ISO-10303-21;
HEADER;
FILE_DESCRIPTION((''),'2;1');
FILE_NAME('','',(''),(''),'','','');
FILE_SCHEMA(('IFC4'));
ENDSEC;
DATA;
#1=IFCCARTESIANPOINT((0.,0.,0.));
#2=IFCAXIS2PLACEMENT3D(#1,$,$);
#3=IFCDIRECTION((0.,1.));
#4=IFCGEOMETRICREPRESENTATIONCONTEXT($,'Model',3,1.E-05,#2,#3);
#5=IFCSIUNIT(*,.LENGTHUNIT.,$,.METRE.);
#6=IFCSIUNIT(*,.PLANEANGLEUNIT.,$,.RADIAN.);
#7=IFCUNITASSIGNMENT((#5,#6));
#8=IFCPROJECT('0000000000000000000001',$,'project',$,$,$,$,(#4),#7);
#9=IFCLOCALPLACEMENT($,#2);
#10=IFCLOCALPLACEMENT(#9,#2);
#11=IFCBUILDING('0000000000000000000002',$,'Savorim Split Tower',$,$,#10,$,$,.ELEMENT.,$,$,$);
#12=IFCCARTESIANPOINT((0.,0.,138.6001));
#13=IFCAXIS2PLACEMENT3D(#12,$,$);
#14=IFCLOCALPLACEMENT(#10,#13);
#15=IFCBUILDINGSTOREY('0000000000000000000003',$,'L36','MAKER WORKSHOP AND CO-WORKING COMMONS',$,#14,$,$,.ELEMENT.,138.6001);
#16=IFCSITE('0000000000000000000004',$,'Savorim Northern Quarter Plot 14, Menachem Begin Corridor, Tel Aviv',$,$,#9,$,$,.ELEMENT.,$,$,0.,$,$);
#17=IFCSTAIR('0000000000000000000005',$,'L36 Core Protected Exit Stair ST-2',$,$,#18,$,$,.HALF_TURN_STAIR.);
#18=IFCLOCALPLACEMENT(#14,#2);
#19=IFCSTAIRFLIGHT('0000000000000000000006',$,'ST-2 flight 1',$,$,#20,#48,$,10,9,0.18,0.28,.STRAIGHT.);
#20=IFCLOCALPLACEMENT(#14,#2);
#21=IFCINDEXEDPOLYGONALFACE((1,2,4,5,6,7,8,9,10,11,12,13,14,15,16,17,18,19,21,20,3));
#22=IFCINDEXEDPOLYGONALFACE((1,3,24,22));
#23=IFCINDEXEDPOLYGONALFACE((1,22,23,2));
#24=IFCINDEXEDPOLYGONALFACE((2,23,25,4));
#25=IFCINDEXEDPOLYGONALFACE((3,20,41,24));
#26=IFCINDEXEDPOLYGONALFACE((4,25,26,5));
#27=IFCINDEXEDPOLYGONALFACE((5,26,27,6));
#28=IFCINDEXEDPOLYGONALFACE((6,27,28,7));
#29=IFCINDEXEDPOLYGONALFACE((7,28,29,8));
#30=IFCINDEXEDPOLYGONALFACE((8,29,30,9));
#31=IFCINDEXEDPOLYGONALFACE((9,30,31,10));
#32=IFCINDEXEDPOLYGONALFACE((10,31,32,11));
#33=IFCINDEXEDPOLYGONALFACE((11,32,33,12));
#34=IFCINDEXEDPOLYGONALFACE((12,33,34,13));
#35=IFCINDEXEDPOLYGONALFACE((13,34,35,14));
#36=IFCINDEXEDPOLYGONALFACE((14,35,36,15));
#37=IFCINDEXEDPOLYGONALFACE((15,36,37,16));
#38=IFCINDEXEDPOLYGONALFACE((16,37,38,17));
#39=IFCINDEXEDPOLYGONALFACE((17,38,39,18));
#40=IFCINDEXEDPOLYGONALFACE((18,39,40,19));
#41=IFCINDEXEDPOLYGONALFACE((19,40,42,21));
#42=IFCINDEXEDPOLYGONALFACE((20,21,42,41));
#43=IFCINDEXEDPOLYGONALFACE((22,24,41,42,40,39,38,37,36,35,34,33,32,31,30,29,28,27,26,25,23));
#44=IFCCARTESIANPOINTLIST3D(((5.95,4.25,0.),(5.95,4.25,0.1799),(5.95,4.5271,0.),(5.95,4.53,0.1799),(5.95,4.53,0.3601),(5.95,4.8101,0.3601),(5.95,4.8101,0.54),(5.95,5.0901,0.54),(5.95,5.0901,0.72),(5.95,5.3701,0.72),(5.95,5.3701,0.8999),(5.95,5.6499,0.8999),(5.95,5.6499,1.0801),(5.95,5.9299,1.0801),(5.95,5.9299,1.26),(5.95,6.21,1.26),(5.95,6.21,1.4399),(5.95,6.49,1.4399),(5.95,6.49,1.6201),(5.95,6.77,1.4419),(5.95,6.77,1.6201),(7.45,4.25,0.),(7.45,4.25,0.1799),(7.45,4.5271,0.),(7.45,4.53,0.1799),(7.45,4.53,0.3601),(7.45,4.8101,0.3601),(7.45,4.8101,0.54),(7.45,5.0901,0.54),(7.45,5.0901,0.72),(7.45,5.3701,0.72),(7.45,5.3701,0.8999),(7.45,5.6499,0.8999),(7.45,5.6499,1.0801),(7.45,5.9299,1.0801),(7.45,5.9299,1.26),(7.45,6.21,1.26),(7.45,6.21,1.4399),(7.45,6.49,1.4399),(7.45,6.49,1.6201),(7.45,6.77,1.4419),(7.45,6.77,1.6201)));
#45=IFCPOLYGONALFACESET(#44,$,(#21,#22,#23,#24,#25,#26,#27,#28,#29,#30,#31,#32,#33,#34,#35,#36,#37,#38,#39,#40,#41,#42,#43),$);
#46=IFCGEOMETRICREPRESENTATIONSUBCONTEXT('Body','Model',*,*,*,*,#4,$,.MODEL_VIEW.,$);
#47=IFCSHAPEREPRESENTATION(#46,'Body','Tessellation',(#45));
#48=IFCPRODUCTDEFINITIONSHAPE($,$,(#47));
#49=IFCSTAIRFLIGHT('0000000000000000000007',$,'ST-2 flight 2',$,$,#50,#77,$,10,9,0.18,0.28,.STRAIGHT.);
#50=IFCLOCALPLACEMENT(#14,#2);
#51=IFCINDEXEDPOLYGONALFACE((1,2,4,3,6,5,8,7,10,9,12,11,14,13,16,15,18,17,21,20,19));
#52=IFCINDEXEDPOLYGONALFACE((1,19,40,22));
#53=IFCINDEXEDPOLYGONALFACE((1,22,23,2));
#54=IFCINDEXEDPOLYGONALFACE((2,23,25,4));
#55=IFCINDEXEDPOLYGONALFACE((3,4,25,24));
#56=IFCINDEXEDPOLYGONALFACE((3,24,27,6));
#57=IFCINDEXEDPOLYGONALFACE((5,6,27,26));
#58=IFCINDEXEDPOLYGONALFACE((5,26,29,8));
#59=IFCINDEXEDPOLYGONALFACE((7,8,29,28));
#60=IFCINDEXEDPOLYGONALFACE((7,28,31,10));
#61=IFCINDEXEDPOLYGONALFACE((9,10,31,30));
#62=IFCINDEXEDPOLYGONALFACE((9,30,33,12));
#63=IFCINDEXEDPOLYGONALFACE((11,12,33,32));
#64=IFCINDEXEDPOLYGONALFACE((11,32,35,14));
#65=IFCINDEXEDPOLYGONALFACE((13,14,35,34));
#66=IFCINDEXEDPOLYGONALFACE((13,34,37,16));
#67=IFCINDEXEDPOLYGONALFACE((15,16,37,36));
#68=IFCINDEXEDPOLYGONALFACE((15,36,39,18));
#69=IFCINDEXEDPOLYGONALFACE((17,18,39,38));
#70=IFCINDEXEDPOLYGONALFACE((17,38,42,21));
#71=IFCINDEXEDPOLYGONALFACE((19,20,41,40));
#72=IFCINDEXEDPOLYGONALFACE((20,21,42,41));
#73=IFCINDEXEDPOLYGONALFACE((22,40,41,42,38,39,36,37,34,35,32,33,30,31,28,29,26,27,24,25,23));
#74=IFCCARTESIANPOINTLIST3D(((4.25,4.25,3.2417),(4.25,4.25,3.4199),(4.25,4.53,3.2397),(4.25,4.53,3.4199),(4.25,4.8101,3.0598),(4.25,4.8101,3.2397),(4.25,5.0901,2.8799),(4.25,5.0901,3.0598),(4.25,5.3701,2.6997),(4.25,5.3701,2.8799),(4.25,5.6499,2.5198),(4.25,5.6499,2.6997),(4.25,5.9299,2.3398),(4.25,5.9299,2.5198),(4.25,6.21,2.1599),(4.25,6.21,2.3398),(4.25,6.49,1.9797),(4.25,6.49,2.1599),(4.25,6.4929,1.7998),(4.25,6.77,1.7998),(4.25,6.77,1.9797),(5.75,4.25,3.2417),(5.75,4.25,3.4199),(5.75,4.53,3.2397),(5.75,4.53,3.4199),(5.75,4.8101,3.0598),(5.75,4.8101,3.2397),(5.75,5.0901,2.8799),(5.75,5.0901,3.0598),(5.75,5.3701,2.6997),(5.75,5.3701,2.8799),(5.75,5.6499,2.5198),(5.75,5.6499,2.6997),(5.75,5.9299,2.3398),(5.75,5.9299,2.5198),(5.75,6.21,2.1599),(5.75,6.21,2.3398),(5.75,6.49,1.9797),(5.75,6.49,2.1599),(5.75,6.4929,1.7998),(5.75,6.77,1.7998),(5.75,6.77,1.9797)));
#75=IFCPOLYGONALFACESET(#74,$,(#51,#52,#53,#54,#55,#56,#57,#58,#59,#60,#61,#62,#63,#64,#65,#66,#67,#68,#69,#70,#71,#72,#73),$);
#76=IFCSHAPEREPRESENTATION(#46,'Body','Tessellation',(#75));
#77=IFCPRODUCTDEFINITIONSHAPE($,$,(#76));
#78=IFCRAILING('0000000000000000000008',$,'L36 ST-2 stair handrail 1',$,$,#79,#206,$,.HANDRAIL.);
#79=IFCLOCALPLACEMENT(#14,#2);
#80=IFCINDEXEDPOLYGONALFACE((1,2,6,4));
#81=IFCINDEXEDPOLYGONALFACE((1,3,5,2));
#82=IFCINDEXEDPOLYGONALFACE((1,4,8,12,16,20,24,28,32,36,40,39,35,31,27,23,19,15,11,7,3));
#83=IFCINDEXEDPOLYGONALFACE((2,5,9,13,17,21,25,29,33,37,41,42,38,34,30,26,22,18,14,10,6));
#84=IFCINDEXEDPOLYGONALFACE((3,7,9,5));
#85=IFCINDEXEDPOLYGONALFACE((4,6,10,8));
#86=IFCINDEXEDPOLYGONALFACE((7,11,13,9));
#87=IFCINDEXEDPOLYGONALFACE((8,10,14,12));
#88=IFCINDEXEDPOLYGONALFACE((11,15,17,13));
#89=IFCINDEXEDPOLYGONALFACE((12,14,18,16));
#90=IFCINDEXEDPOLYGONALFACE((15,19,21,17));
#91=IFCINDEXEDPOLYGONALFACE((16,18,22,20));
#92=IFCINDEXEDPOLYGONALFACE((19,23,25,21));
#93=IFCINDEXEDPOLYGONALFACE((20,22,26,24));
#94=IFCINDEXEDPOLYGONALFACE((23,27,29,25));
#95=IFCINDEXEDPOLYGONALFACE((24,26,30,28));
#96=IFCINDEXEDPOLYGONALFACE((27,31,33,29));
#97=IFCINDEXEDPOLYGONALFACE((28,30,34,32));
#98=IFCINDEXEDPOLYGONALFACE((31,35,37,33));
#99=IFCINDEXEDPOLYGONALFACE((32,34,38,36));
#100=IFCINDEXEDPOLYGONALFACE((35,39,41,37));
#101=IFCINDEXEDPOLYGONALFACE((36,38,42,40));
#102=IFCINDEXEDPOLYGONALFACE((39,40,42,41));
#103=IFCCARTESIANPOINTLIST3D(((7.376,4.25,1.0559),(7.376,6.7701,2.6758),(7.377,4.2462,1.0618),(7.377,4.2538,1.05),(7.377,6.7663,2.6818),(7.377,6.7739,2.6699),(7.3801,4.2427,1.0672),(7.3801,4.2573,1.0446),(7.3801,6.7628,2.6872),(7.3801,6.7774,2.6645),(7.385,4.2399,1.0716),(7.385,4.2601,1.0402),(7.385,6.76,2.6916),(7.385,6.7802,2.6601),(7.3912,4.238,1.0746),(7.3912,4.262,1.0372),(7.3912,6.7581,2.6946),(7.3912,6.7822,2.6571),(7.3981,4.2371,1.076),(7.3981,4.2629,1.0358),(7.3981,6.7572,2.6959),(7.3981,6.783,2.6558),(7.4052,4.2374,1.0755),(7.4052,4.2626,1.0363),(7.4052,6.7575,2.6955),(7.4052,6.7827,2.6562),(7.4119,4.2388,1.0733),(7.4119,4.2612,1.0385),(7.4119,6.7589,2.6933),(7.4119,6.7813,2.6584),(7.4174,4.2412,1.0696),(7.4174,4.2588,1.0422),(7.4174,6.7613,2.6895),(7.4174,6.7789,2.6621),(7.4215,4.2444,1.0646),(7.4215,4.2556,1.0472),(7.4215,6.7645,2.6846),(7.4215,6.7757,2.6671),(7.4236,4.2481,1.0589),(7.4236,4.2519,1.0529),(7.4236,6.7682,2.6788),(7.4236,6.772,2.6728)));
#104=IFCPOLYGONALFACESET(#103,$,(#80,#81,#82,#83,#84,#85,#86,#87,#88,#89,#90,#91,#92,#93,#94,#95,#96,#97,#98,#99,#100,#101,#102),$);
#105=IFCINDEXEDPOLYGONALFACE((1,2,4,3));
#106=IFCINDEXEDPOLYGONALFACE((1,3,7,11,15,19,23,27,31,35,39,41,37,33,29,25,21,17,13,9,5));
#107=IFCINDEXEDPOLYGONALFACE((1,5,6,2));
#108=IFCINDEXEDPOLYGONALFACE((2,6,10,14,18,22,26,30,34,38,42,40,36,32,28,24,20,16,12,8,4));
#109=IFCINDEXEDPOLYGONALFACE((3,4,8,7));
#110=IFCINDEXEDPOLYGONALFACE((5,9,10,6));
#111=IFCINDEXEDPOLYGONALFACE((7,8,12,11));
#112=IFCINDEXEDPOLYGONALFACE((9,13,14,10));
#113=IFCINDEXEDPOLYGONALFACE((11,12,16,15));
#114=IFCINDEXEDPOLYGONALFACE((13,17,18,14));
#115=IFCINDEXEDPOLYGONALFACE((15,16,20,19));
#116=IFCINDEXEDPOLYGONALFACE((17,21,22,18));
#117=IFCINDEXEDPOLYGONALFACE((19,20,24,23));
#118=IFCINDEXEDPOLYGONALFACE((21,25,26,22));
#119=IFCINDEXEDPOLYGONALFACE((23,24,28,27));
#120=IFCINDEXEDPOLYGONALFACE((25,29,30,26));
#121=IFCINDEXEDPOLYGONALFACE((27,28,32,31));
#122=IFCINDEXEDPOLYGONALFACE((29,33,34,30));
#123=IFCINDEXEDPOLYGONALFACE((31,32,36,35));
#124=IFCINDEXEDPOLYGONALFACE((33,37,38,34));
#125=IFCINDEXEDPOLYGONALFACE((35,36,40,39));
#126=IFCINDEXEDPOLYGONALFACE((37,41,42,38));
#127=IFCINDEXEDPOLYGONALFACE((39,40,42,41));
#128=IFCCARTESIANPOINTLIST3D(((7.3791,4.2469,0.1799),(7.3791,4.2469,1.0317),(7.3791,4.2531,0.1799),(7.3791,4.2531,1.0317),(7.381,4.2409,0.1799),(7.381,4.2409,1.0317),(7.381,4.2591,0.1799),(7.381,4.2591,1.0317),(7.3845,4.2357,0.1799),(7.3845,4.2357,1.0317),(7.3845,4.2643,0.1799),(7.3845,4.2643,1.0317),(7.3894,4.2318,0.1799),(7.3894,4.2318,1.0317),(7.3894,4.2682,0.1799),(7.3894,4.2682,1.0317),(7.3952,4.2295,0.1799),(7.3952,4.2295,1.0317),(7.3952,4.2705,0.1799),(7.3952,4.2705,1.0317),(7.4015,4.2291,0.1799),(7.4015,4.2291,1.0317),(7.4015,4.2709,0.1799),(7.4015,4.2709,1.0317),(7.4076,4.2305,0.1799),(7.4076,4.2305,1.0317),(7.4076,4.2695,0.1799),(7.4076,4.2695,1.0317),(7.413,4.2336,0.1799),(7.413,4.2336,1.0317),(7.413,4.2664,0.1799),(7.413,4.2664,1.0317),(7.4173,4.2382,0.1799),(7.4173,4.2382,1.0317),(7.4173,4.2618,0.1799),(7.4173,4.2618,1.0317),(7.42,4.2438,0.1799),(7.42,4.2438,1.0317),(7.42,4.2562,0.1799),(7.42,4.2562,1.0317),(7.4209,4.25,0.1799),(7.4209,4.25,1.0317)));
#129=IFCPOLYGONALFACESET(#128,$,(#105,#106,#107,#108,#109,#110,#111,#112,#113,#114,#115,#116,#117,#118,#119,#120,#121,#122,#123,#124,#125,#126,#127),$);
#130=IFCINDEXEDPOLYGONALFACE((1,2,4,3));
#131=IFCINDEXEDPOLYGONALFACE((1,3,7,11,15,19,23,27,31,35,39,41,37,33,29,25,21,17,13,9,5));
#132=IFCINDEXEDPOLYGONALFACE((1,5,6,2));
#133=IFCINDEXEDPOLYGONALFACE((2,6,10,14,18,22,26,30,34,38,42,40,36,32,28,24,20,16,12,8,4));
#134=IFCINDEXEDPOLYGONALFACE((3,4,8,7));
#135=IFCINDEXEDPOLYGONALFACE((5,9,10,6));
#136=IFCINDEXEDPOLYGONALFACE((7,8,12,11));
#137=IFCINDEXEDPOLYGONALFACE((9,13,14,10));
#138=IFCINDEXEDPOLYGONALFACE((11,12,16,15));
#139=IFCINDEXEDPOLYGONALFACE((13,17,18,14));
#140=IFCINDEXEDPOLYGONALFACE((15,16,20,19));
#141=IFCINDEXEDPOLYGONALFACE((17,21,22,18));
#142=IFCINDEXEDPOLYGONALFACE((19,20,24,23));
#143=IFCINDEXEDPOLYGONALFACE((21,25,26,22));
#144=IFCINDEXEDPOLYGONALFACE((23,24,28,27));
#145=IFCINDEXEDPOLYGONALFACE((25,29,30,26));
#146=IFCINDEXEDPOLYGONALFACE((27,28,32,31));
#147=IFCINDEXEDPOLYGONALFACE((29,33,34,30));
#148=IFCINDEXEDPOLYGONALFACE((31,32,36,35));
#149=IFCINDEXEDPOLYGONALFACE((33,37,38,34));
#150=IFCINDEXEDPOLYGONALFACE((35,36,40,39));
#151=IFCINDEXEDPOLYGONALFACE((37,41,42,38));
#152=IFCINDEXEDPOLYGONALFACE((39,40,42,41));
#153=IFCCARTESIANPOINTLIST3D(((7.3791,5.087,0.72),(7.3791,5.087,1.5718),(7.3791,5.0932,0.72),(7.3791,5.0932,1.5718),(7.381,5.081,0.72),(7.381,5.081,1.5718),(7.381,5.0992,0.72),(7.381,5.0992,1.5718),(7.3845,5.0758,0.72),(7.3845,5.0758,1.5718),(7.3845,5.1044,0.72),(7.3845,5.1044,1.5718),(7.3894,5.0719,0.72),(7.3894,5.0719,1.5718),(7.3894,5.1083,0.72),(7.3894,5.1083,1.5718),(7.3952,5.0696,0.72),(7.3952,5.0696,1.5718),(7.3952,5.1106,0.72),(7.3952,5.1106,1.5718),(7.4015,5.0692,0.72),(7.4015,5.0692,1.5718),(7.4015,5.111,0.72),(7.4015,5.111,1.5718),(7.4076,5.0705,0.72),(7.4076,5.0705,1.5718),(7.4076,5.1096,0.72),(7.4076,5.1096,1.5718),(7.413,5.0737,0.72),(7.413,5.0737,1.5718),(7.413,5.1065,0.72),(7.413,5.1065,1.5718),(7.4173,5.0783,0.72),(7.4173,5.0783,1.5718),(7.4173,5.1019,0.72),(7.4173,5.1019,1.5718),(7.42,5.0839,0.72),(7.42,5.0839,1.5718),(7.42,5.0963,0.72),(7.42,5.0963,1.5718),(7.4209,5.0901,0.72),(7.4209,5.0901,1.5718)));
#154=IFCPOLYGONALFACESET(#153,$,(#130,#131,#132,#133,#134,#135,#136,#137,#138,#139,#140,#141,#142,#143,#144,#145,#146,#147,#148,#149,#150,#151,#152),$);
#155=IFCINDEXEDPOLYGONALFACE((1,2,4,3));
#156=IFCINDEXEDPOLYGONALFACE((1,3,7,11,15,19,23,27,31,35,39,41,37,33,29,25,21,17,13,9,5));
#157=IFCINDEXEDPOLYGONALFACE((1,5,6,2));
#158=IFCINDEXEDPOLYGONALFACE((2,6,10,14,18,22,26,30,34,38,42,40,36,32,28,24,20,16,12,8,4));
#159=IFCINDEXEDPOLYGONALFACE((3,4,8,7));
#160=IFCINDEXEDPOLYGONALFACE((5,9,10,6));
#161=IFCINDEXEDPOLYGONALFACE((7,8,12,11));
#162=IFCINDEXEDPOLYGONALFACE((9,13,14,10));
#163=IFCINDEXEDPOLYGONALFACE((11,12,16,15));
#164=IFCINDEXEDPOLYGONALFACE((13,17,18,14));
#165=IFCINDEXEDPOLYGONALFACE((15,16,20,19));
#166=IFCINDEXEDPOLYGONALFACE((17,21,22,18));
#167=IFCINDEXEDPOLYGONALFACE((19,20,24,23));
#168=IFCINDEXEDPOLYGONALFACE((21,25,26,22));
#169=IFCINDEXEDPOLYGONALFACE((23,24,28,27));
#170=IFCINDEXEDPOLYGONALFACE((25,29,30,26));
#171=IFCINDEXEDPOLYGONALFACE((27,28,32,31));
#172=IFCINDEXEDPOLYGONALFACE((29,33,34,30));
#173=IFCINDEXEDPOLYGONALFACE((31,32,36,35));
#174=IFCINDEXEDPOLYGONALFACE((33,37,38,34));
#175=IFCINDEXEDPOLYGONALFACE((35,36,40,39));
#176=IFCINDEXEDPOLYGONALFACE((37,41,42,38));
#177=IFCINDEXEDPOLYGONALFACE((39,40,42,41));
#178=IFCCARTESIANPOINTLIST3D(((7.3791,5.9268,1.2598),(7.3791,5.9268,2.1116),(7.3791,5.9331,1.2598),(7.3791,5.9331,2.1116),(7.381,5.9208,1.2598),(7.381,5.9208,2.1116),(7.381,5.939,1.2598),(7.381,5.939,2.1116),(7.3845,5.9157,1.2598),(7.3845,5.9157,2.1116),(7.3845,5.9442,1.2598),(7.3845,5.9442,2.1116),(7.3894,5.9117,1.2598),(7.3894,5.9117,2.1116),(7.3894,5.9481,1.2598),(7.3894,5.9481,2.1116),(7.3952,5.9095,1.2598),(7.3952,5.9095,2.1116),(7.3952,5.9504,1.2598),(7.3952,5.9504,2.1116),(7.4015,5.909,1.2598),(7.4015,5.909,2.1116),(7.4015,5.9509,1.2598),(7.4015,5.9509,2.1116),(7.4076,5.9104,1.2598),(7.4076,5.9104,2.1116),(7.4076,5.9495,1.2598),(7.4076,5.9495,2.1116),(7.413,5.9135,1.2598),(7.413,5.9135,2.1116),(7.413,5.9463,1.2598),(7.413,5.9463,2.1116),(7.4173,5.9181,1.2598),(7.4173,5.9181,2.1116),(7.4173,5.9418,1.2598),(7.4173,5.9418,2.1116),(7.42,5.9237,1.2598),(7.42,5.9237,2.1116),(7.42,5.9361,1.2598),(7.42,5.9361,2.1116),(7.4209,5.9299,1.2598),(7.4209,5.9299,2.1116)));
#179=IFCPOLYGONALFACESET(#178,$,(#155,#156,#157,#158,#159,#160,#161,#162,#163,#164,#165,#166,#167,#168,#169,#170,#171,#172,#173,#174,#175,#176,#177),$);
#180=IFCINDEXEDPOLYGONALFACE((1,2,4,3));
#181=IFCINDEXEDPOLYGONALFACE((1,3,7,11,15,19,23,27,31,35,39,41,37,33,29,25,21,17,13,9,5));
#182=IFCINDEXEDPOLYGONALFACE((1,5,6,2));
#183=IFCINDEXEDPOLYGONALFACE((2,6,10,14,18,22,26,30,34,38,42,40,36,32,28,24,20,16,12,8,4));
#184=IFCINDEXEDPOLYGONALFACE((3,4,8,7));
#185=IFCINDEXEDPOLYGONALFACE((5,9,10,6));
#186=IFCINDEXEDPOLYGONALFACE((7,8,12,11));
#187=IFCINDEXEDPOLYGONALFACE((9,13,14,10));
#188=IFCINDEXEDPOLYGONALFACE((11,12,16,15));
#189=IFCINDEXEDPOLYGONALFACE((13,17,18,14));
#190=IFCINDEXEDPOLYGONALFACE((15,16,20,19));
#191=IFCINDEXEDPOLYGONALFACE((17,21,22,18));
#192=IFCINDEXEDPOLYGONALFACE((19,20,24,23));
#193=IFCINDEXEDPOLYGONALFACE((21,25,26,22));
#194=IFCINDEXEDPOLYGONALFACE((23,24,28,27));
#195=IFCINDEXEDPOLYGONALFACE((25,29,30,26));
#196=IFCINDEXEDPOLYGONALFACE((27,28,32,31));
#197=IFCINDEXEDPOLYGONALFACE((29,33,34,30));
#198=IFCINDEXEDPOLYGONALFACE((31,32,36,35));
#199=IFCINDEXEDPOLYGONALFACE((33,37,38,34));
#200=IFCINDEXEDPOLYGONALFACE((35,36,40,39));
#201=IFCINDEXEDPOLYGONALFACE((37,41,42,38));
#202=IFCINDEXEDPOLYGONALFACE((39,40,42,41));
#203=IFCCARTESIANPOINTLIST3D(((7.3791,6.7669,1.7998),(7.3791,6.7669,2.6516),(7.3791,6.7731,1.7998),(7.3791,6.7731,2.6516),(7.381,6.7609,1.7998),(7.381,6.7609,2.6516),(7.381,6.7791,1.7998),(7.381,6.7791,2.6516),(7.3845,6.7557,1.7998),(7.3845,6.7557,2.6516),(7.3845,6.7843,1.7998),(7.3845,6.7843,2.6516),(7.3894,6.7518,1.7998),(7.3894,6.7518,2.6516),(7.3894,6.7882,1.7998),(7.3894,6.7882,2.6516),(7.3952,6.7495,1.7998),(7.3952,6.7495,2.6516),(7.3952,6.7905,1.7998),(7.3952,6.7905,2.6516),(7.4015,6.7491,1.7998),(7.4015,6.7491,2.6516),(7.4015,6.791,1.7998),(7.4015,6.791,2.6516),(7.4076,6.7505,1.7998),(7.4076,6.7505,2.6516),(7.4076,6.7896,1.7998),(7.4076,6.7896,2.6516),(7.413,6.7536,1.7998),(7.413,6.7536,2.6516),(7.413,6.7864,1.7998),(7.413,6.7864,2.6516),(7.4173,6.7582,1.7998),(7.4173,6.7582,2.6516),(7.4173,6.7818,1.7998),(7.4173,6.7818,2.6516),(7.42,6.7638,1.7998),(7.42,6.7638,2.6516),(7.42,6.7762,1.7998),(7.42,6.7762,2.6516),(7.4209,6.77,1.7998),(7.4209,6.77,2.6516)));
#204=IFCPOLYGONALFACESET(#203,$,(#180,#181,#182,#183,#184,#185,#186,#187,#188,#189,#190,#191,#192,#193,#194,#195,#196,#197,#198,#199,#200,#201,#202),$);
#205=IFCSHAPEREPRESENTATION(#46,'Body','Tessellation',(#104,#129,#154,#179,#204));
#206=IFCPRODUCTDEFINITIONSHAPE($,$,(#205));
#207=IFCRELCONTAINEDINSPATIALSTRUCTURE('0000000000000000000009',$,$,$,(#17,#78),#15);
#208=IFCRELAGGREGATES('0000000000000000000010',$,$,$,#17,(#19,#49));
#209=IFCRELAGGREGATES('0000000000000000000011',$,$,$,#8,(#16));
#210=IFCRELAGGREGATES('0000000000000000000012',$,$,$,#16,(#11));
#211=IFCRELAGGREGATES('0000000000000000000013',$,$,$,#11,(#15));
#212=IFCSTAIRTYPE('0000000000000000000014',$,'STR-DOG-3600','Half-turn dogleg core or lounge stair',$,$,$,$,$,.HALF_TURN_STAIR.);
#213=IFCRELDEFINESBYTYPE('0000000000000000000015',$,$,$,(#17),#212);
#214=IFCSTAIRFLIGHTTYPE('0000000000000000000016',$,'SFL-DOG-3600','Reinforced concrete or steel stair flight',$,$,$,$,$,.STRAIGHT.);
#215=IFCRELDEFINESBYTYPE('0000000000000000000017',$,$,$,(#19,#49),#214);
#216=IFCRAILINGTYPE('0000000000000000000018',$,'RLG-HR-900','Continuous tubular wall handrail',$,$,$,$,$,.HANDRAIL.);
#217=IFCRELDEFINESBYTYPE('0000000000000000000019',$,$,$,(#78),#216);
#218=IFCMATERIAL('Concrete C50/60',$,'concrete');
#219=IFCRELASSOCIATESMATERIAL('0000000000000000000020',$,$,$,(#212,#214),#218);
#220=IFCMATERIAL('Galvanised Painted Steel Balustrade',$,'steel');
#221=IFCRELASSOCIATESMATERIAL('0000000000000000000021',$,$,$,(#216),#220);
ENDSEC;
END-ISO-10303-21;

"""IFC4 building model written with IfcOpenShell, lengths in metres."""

from ifc_helpers import new_model, si_unit, direction, frame, origin, origin_2d, place, context, subcontext, project, spatial, polyline, circle, outline, extrude, material, type_object, element, aggregate, save


model = new_model("IFC4")

# Units and contexts
model_context = context("Model", 3, precision=1e-05, world=origin(), true_north=direction((0.0, 1.0)))
body_context = subcontext(model_context, "Body", "Model", "MODEL_VIEW")
ifc_project = project(units=[si_unit("LENGTHUNIT", "METRE"), si_unit("PLANEANGLEUNIT", "RADIAN")], contexts=[model_context])

# Site, building, storey
site_placement = place(None, origin())
site = spatial("IfcSite", under=ifc_project, at=site_placement, Name="Savorim Northern Quarter Plot 14, Menachem Begin Corridor, Tel Aviv", CompositionType="ELEMENT", RefElevation=0.0)
building_placement = place(site_placement, origin())
building = spatial("IfcBuilding", under=site, at=building_placement, Name="Savorim Split Tower", CompositionType="ELEMENT")
storey_placement = place(building_placement, frame((0.0, 0.0, 138.6001)))
storey = spatial("IfcBuildingStorey", under=building, at=storey_placement, Name="L36", Description="MAKER WORKSHOP AND CO-WORKING COMMONS", CompositionType="ELEMENT", Elevation=138.6001)

# Shared definitions
ifc_material_1 = material(Name="Concrete C50/60", Category="concrete")

# Stair, stair flights
stair_type = type_object("IfcStairType", Name="STR-DOG-3600", Description="Half-turn dogleg core or lounge stair", PredefinedType="HALF_TURN_STAIR", material=ifc_material_1)
stair_placement = place(storey_placement, origin())
stair = element("IfcStair", 1, at=stair_placement, inside=storey, type_object=stair_type, Name="L36 Core Protected Exit Stair ST-2", PredefinedType="HALF_TURN_STAIR")
stair_flight_type = type_object("IfcStairFlightType", Name="SFL-DOG-3600", Description="Reinforced concrete or steel stair flight", PredefinedType="STRAIGHT", material=ifc_material_1)
stair_flight_1_placement = place(storey_placement, frame((6.7, 4.25, 0.0), z_axis=(0.0, 0.0, 1.0), x_axis=(0.0, 1.0, 0.0)))
stair_flight_1 = element("IfcStairFlight", 2, at=stair_flight_1_placement, type_object=stair_flight_type, Name="ST-2 flight 1", NumberOfRisers=10, NumberOfTreads=9, PredefinedType="STRAIGHT", RiserHeight=0.18, TreadLength=0.28, context=body_context, shape_type="SweptSolid", body=[
    extrude(outline(polyline([(0.0, 0.0), (0.0, 0.1799), (0.28, 0.1799), (0.28, 0.3601), (0.5601, 0.3601), (0.5601, 0.54), (0.8401, 0.54), (0.8401, 0.72), (1.1201, 0.72), (1.1201, 0.8999), (1.3999, 0.8999), (1.3999, 1.0801), (1.6799, 1.0801), (1.6799, 1.26), (1.96, 1.26), (1.96, 1.4399), (2.24, 1.4399), (2.24, 1.6201), (2.52, 1.6201), (2.52, 1.8), (2.52, 1.4419), (0.2771, 0.0), (0.0, 0.0)])), frame((0.0, 0.75, 0.0), z_axis=(0.0, -1.0, 0.0), x_axis=(1.0, 0.0, 0.0)), (0.0, 0.0, 1.0), 1.5),
])
stair_flight_2_placement = place(storey_placement, frame((5.0, 6.77, 1.7998), z_axis=(0.0, 0.0, 1.0), x_axis=(0.0, -1.0, 0.0)))
stair_flight_2 = element("IfcStairFlight", 3, at=stair_flight_2_placement, type_object=stair_flight_type, Name="ST-2 flight 2", NumberOfRisers=10, NumberOfTreads=9, PredefinedType="STRAIGHT", RiserHeight=0.18, TreadLength=0.28, context=body_context, shape_type="SweptSolid", body=[
    extrude(outline(polyline([(0.0, 0.0), (0.0, 0.1799), (0.28, 0.1799), (0.28, 0.3601), (0.5601, 0.3601), (0.5601, 0.54), (0.8401, 0.54), (0.8401, 0.72), (1.1201, 0.72), (1.1201, 0.8999), (1.3999, 0.8999), (1.3999, 1.0801), (1.6799, 1.0801), (1.6799, 1.26), (1.96, 1.26), (1.96, 1.4399), (2.24, 1.4399), (2.24, 1.6201), (2.52, 1.6201), (2.52, 1.8), (2.52, 1.4419), (0.2771, 0.0), (0.0, 0.0)])), frame((0.0, 0.75, 0.0), z_axis=(0.0, -1.0, 0.0), x_axis=(1.0, 0.0, 0.0)), (0.0, 0.0, 1.0), 1.5),
])
aggregate(stair, [stair_flight_1, stair_flight_2])

# Railing
ifc_material_2 = material(Name="Galvanised Painted Steel Balustrade", Category="steel")
railing_type_1 = type_object("IfcRailingType", Name="RLG-HR-900", Description="Continuous tubular wall handrail", PredefinedType="HANDRAIL", material=ifc_material_2)
railing_1_placement = place(storey_placement, frame((7.3999, 4.25, 0.1799)))
element("IfcRailing", 4, at=railing_1_placement, inside=storey, type_object=railing_type_1, Name="L36 ST-2 stair handrail 1", PredefinedType="HANDRAIL", context=body_context, shape_type="SweptSolid", body=[
    extrude(circle(Radius=0.0239, at=origin_2d()), frame((0.0, 0.0, 0.876), z_axis=(0.0, 0.8412, 0.540725), x_axis=(-1.0, 0.0, 0.0)), (0.0, 0.0, 1.0), 2.9958),
    extrude(circle(Radius=0.021, at=origin_2d()), origin(), (0.0, 0.0, 1.0), 0.8518),
    extrude(circle(Radius=0.021, at=origin_2d()), frame((0.0, 0.8401, 0.54)), (0.0, 0.0, 1.0), 0.8518),
    extrude(circle(Radius=0.021, at=origin_2d()), frame((0.0, 1.6799, 1.0798)), (0.0, 0.0, 1.0), 0.8518),
    extrude(circle(Radius=0.021, at=origin_2d()), frame((0.0, 2.52, 1.6199)), (0.0, 0.0, 1.0), 0.8518),
])

save(model, "model.ifc")
